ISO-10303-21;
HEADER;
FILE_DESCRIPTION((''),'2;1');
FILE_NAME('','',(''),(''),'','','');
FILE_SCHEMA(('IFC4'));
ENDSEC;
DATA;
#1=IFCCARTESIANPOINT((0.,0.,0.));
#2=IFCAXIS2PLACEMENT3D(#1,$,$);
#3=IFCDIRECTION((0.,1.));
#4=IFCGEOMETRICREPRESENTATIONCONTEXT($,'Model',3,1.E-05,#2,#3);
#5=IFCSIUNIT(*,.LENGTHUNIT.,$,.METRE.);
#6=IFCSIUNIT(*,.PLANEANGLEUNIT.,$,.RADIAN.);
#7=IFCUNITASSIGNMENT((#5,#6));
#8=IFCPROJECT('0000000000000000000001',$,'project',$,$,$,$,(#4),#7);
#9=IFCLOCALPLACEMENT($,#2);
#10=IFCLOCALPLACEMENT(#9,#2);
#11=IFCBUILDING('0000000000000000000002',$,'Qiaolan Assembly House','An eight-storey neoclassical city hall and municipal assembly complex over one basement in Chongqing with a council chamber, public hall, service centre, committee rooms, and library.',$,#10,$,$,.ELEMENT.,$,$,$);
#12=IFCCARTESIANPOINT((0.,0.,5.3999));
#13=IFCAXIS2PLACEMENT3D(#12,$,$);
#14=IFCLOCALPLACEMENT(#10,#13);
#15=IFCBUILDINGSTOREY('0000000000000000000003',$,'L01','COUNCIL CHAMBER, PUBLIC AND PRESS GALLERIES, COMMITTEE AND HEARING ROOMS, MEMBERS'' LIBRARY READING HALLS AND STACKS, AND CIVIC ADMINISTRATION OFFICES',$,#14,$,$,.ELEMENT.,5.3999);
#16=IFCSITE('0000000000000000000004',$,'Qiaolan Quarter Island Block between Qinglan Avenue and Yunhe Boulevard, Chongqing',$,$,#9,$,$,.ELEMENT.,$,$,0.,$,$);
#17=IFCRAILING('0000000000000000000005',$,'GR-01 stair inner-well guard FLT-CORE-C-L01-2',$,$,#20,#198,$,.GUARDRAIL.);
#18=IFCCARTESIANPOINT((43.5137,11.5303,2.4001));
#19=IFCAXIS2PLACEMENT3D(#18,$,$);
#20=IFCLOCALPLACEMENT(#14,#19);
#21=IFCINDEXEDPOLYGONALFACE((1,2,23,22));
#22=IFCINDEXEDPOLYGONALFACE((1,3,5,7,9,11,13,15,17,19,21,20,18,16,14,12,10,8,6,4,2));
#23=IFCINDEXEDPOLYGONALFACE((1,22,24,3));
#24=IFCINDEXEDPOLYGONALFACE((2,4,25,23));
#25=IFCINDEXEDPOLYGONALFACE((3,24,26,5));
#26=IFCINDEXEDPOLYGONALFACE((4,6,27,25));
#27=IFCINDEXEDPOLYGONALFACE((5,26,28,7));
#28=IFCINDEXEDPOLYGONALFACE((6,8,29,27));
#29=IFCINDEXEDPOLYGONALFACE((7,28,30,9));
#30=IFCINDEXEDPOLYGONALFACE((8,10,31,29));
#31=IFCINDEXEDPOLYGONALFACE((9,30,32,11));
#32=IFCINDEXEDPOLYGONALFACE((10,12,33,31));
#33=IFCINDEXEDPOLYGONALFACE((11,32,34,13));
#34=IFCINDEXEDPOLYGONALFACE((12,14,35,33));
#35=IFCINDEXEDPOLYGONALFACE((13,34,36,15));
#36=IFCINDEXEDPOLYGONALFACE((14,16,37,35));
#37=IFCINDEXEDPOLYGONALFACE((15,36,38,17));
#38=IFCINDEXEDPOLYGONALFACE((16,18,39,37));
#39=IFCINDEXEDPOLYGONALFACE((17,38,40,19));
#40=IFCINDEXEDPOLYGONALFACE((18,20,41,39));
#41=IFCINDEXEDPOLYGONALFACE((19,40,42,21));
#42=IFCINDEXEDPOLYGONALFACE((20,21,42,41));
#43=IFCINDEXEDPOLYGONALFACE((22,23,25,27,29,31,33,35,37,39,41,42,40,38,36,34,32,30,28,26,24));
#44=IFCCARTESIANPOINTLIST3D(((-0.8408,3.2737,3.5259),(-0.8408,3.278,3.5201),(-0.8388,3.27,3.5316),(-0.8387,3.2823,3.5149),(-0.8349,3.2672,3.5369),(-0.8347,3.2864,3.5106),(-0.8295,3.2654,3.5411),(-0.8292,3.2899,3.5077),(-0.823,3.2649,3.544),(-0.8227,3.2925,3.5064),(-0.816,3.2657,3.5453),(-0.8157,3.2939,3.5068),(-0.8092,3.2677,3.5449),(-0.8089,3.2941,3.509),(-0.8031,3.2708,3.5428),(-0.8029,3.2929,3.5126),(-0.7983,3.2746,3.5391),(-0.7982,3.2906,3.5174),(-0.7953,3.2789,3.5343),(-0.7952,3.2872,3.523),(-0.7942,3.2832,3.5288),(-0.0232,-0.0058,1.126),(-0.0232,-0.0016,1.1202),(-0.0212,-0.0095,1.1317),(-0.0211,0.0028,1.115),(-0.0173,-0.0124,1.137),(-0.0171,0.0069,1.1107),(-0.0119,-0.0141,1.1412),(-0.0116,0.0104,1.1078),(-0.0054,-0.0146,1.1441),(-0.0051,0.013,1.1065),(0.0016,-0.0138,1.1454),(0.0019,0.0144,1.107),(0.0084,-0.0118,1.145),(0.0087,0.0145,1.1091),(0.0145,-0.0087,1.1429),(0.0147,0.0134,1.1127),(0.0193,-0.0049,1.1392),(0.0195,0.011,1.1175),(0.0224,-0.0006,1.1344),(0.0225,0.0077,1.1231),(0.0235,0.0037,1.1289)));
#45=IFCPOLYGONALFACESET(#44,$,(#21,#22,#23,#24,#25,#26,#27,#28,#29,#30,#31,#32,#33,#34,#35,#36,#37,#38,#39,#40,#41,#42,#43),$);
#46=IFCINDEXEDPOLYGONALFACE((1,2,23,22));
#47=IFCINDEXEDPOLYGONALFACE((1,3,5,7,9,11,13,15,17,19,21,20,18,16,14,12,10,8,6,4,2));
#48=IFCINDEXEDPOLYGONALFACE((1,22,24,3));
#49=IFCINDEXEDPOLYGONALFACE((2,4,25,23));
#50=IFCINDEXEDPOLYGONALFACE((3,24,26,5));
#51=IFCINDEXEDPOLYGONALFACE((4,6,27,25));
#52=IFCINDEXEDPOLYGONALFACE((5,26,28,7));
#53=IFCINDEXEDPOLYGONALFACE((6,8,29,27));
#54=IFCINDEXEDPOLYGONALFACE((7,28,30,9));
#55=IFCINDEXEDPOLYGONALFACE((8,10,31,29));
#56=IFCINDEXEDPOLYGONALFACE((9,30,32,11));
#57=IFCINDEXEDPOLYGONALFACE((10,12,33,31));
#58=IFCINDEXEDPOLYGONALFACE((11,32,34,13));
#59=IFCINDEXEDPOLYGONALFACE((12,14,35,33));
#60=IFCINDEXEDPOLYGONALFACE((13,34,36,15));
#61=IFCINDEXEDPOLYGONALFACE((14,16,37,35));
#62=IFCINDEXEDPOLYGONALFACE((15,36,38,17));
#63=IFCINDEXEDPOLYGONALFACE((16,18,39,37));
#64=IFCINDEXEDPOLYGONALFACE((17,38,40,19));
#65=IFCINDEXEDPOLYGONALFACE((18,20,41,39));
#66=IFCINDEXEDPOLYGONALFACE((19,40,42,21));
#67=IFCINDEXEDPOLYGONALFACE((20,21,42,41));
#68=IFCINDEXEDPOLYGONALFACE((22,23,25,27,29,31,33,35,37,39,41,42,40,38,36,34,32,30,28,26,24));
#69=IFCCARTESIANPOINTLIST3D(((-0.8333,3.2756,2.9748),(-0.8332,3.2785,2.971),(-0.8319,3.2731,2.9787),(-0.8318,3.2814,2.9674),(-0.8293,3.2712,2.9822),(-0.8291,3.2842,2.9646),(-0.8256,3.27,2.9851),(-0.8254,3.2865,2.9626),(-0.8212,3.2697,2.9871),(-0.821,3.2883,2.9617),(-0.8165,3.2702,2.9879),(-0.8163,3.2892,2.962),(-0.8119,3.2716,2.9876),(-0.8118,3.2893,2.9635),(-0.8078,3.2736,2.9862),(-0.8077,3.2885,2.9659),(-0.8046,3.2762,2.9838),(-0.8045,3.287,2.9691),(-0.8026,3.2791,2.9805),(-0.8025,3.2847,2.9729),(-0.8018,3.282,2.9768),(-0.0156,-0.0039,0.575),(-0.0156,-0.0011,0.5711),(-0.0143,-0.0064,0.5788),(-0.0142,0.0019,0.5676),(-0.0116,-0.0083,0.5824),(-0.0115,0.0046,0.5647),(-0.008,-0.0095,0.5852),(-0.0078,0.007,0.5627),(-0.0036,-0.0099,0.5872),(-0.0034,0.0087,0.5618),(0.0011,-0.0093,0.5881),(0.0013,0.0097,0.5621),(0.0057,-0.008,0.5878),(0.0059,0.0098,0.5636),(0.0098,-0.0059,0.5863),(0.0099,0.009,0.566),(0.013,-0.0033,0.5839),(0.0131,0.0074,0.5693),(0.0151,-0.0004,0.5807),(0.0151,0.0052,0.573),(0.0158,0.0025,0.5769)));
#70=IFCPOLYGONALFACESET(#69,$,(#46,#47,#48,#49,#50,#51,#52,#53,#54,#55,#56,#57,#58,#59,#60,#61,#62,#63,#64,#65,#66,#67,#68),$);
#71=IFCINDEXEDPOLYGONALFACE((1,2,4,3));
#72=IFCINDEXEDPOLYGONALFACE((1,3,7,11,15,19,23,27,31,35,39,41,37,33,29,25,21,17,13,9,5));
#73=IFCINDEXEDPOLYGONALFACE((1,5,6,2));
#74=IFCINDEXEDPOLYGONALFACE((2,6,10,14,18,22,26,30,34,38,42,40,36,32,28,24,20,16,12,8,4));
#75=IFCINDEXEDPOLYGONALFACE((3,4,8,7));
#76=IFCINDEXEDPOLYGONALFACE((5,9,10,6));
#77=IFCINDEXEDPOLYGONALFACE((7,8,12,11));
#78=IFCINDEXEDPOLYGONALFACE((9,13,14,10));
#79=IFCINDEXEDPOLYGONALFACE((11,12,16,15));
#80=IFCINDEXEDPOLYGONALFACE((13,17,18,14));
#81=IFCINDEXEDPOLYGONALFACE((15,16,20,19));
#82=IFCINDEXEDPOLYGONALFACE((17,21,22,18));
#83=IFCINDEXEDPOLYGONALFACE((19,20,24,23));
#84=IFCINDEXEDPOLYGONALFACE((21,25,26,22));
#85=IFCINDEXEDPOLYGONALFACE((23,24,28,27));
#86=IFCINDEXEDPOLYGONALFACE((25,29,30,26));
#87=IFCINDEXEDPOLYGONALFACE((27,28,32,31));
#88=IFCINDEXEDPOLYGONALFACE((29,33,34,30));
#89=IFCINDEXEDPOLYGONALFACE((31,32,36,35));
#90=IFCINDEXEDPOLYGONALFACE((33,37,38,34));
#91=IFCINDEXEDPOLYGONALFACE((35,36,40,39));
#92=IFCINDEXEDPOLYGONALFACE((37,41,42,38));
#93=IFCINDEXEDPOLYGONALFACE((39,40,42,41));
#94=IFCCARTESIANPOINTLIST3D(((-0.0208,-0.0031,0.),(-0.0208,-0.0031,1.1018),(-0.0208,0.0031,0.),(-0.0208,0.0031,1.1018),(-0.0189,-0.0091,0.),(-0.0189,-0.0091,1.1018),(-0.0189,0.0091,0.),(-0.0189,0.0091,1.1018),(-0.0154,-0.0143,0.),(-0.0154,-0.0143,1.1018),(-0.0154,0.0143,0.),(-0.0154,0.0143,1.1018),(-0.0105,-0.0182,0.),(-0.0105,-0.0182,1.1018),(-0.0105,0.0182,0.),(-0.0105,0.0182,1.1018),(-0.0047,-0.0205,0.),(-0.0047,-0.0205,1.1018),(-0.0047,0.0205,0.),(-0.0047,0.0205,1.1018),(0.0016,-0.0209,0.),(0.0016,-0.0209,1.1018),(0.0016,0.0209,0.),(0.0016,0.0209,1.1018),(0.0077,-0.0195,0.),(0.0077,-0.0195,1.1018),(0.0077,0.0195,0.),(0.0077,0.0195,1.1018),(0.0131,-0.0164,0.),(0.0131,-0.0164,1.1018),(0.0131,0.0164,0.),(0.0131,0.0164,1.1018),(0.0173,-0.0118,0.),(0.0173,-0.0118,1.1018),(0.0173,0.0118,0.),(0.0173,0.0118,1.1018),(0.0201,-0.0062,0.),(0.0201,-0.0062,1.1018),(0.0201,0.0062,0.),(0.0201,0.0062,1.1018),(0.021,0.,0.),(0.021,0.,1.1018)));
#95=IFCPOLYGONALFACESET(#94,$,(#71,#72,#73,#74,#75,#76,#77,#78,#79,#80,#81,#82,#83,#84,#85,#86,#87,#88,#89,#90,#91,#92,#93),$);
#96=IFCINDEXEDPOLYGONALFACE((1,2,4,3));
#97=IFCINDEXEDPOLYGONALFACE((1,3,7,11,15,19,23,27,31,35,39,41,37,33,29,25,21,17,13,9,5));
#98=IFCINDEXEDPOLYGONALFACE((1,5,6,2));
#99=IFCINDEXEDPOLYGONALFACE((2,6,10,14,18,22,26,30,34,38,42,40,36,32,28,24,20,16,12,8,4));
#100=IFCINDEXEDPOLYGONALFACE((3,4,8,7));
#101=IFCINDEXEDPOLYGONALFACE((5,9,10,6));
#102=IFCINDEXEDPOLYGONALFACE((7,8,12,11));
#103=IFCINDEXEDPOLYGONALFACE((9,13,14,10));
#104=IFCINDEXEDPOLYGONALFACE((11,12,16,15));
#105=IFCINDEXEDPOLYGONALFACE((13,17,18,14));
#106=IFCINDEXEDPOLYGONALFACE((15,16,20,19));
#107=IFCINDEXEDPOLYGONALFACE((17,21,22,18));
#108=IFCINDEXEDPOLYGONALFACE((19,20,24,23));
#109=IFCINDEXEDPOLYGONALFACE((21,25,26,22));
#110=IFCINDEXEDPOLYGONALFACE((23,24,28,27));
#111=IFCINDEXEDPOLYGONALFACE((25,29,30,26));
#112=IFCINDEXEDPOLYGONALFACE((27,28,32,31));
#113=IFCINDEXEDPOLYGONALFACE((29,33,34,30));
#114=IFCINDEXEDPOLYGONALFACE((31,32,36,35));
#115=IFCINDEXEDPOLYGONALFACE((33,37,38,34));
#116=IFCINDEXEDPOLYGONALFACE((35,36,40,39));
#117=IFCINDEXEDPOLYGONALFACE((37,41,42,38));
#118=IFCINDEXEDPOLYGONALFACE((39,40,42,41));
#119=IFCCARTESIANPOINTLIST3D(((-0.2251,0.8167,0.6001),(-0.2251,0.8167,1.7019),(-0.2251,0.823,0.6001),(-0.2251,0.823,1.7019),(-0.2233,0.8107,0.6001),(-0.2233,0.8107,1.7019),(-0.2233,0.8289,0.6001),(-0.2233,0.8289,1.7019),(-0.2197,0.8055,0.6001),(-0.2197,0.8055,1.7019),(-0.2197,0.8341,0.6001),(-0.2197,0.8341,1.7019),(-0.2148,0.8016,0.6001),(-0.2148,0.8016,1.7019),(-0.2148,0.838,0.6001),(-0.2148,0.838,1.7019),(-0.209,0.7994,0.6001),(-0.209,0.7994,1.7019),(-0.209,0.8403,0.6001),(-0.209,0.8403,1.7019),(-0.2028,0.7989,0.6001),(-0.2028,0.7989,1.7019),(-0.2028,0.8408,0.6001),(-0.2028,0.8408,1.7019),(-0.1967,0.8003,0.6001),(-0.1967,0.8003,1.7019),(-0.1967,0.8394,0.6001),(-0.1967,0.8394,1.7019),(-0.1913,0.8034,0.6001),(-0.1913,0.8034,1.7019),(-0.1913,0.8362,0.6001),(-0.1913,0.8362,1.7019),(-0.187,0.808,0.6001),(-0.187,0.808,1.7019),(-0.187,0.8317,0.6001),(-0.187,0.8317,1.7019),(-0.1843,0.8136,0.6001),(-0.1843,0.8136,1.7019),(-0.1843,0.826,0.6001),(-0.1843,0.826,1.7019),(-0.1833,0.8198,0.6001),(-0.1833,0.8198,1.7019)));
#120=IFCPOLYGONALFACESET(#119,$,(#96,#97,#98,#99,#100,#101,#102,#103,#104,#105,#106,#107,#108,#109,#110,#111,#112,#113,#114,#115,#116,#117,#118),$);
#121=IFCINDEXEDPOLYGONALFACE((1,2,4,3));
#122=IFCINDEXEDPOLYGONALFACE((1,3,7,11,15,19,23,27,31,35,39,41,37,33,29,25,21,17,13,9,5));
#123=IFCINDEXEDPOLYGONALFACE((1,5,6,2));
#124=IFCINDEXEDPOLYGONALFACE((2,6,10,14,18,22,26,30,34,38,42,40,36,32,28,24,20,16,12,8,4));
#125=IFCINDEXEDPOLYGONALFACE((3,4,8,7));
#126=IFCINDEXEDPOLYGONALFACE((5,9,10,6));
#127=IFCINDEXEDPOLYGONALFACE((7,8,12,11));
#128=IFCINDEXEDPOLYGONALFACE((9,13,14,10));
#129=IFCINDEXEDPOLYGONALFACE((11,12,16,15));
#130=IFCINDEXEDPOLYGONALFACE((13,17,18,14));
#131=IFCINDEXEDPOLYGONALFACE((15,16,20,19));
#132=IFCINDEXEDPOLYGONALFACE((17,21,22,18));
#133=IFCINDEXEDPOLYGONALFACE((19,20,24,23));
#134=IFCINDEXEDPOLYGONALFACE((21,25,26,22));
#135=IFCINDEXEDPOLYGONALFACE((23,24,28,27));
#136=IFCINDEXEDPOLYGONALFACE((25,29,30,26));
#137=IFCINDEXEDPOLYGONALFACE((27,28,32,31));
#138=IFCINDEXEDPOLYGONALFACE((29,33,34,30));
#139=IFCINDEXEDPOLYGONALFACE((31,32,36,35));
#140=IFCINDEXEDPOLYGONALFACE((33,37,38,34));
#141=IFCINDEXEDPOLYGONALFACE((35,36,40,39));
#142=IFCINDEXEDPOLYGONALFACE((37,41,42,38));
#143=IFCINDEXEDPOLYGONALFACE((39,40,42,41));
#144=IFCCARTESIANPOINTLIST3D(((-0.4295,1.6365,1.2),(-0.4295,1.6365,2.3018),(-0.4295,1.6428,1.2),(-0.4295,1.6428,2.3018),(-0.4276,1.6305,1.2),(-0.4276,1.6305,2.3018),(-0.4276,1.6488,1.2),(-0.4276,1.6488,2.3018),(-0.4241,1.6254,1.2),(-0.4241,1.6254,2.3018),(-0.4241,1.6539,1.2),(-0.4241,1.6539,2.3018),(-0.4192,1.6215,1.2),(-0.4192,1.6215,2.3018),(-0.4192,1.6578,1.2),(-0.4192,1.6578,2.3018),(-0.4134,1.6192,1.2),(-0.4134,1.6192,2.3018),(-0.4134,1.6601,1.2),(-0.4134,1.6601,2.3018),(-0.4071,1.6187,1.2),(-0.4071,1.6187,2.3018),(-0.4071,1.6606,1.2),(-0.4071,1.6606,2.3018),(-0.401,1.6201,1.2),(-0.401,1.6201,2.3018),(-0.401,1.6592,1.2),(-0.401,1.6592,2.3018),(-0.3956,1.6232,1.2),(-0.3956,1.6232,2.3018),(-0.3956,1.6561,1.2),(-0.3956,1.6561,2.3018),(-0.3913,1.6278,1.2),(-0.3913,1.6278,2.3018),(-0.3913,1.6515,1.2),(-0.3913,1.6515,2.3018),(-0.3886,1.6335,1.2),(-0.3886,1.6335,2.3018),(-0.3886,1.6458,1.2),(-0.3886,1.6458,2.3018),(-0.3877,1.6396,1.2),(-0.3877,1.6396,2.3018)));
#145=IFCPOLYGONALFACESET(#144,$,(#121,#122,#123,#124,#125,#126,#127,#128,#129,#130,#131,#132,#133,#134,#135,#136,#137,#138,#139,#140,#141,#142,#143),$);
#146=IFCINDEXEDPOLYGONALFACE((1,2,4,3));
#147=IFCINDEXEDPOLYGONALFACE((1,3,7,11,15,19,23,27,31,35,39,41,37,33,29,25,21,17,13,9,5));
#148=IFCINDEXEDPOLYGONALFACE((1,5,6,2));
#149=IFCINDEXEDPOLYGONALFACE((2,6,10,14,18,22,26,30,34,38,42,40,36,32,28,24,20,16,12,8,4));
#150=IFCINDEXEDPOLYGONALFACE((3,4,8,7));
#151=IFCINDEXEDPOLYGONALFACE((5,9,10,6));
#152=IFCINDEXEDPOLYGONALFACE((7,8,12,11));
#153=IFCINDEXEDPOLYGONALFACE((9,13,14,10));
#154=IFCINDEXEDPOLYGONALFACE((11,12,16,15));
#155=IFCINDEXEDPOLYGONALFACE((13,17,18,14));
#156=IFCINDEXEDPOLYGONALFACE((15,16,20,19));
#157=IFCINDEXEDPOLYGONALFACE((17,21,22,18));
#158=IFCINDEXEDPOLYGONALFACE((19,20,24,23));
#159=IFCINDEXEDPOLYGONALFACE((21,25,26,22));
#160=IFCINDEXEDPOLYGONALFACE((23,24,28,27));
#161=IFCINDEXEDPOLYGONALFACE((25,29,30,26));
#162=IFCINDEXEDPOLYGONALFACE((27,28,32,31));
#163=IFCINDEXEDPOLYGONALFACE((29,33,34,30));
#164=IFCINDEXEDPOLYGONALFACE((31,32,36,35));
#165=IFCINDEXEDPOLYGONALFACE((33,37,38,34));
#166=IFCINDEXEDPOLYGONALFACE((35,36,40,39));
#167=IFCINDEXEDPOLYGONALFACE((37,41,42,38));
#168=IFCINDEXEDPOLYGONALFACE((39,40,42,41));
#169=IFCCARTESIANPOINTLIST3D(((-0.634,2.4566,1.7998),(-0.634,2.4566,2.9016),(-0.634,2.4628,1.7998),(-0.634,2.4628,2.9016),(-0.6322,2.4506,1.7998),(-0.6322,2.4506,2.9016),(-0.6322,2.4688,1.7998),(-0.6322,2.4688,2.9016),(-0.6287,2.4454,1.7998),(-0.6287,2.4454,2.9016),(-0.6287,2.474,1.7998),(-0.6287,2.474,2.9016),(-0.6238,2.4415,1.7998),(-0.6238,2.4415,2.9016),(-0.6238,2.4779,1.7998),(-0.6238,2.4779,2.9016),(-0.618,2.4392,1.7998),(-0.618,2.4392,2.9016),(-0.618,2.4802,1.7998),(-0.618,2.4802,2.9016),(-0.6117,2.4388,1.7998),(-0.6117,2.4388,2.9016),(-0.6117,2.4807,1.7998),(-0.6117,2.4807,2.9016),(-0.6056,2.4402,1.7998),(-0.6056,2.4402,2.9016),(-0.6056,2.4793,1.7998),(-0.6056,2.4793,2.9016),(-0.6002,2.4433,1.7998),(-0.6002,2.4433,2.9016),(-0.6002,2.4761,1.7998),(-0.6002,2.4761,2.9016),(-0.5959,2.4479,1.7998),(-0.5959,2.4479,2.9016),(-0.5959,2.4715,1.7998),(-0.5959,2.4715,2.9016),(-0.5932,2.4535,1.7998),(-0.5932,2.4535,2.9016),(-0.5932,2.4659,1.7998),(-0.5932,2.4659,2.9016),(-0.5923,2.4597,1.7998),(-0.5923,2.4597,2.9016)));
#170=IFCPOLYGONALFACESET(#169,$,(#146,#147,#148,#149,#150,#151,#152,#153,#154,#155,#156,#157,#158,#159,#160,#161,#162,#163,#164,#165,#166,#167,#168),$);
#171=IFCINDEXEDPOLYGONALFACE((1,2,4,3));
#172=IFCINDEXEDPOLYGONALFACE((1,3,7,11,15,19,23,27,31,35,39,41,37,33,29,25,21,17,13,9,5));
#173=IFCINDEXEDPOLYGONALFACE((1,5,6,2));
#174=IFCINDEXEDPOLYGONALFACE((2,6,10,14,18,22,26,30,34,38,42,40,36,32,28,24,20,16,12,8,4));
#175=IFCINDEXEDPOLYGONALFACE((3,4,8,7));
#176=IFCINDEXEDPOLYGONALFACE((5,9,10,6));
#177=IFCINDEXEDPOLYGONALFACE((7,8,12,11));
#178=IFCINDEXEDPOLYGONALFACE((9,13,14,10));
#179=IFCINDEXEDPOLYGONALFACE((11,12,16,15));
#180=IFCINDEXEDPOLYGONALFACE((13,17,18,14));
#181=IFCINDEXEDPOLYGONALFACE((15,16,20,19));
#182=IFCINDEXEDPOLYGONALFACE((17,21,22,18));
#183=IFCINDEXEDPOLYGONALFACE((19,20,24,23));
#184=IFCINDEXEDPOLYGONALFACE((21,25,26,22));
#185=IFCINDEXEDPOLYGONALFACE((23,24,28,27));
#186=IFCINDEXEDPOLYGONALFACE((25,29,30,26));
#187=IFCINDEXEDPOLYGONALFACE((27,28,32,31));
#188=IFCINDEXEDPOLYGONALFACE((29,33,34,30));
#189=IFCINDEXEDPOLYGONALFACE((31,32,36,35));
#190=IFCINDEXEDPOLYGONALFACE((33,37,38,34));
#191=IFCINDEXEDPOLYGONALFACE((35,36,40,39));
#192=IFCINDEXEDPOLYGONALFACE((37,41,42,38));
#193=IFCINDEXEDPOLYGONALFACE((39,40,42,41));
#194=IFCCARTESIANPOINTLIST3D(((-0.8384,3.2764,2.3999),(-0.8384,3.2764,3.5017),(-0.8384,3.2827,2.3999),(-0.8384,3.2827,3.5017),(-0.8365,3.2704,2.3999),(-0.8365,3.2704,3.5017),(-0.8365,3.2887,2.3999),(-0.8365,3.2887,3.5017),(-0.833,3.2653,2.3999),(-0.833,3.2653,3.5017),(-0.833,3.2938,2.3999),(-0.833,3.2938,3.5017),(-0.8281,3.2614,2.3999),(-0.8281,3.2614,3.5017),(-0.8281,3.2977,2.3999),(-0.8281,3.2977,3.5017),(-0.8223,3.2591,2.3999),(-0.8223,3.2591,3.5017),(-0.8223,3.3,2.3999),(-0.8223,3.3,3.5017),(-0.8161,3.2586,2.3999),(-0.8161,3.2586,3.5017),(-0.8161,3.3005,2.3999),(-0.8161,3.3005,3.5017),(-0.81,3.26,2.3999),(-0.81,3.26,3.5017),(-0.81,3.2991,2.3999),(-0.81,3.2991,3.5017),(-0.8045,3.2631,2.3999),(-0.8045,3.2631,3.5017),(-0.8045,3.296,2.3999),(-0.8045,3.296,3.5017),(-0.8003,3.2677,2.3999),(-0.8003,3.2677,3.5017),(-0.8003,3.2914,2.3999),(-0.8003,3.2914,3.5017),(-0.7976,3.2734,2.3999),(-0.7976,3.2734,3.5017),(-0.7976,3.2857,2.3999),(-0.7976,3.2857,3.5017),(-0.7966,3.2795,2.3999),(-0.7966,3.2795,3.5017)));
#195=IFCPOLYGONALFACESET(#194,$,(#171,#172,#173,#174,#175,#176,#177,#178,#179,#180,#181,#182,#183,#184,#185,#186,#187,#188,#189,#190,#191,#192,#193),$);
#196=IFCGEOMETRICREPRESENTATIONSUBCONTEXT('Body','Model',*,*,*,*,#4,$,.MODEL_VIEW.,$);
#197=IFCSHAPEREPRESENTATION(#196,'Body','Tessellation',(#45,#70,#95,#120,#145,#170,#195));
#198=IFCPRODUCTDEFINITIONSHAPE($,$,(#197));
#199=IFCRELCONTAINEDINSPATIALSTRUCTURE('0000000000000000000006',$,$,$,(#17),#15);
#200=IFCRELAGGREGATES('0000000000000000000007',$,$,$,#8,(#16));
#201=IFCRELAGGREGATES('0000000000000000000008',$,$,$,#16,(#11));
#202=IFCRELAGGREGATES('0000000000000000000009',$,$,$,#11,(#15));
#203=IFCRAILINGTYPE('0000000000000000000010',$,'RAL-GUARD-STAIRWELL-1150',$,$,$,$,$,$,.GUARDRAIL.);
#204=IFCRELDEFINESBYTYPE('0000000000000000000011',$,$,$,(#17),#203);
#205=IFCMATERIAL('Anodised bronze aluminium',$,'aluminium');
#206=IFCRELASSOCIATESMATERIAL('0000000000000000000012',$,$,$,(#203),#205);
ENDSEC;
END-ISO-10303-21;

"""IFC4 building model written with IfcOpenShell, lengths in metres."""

from ifc_helpers import new_model, si_unit, direction, frame, origin, origin_2d, place, context, subcontext, project, spatial, circle, extrude, material, type_object, element, save


model = new_model("IFC4")

# Units and contexts
model_context = context("Model", 3, precision=1e-05, world=origin(), true_north=direction((0.0, 1.0)))
body_context = subcontext(model_context, "Body", "Model", "MODEL_VIEW")
ifc_project = project(units=[si_unit("LENGTHUNIT", "METRE"), si_unit("PLANEANGLEUNIT", "RADIAN")], contexts=[model_context])

# Site, building, storey
site_placement = place(None, origin())
site = spatial("IfcSite", under=ifc_project, at=site_placement, Name="Qiaolan Quarter Island Block between Qinglan Avenue and Yunhe Boulevard, Chongqing", CompositionType="ELEMENT", RefElevation=0.0)
building_placement = place(site_placement, origin())
building = spatial("IfcBuilding", under=site, at=building_placement, Name="Qiaolan Assembly House", Description="An eight-storey neoclassical city hall and municipal assembly complex over one basement in Chongqing with a council chamber, public hall, service centre, committee rooms, and library.", CompositionType="ELEMENT")
storey_placement = place(building_placement, frame((0.0, 0.0, 5.3999)))
storey = spatial("IfcBuildingStorey", under=building, at=storey_placement, Name="L01", Description="COUNCIL CHAMBER, PUBLIC AND PRESS GALLERIES, COMMITTEE AND HEARING ROOMS, MEMBERS' LIBRARY READING HALLS AND STACKS, AND CIVIC ADMINISTRATION OFFICES", CompositionType="ELEMENT", Elevation=5.3999)

# Shared definitions
ifc_material_1 = material(Name="Anodised bronze aluminium", Category="aluminium")

# Railing
railing_type_1 = type_object("IfcRailingType", Name="RAL-GUARD-STAIRWELL-1150", PredefinedType="GUARDRAIL", material=ifc_material_1)
railing_1_placement = place(storey_placement, frame((43.5137, 11.5303, 2.4001)))
element("IfcRailing", 1, at=railing_1_placement, inside=storey, type_object=railing_type_1, Name="GR-01 stair inner-well guard FLT-CORE-C-L01-2", PredefinedType="GUARDRAIL", context=body_context, shape_type="SweptSolid", body=[
    extrude(circle(Radius=0.0239, at=origin_2d()), frame((0.0, 0.0, 1.126), z_axis=(-0.197242, 0.791149, 0.578947), x_axis=(-0.9703, -0.241907, 0.0)), (0.0, 0.0, 1.0), 4.1453),
    extrude(circle(Radius=0.0161, at=origin_2d()), frame((0.0, 0.0, 0.575), z_axis=(-0.197242, 0.791149, 0.578947), x_axis=(-0.9703, -0.241907, 0.0)), (0.0, 0.0, 1.0), 4.1453),
    extrude(circle(Radius=0.021, at=origin_2d()), origin(), (0.0, 0.0, 1.0), 1.1018),
    extrude(circle(Radius=0.021, at=origin_2d()), frame((-0.2043, 0.8198, 0.6001)), (0.0, 0.0, 1.0), 1.1018),
    extrude(circle(Radius=0.021, at=origin_2d()), frame((-0.4087, 1.6396, 1.2)), (0.0, 0.0, 1.0), 1.1018),
    extrude(circle(Radius=0.021, at=origin_2d()), frame((-0.6133, 2.4597, 1.7998)), (0.0, 0.0, 1.0), 1.1018),
    extrude(circle(Radius=0.021, at=origin_2d()), frame((-0.8176, 3.2795, 2.3999)), (0.0, 0.0, 1.0), 1.1018),
])

save(model, "model.ifc")
